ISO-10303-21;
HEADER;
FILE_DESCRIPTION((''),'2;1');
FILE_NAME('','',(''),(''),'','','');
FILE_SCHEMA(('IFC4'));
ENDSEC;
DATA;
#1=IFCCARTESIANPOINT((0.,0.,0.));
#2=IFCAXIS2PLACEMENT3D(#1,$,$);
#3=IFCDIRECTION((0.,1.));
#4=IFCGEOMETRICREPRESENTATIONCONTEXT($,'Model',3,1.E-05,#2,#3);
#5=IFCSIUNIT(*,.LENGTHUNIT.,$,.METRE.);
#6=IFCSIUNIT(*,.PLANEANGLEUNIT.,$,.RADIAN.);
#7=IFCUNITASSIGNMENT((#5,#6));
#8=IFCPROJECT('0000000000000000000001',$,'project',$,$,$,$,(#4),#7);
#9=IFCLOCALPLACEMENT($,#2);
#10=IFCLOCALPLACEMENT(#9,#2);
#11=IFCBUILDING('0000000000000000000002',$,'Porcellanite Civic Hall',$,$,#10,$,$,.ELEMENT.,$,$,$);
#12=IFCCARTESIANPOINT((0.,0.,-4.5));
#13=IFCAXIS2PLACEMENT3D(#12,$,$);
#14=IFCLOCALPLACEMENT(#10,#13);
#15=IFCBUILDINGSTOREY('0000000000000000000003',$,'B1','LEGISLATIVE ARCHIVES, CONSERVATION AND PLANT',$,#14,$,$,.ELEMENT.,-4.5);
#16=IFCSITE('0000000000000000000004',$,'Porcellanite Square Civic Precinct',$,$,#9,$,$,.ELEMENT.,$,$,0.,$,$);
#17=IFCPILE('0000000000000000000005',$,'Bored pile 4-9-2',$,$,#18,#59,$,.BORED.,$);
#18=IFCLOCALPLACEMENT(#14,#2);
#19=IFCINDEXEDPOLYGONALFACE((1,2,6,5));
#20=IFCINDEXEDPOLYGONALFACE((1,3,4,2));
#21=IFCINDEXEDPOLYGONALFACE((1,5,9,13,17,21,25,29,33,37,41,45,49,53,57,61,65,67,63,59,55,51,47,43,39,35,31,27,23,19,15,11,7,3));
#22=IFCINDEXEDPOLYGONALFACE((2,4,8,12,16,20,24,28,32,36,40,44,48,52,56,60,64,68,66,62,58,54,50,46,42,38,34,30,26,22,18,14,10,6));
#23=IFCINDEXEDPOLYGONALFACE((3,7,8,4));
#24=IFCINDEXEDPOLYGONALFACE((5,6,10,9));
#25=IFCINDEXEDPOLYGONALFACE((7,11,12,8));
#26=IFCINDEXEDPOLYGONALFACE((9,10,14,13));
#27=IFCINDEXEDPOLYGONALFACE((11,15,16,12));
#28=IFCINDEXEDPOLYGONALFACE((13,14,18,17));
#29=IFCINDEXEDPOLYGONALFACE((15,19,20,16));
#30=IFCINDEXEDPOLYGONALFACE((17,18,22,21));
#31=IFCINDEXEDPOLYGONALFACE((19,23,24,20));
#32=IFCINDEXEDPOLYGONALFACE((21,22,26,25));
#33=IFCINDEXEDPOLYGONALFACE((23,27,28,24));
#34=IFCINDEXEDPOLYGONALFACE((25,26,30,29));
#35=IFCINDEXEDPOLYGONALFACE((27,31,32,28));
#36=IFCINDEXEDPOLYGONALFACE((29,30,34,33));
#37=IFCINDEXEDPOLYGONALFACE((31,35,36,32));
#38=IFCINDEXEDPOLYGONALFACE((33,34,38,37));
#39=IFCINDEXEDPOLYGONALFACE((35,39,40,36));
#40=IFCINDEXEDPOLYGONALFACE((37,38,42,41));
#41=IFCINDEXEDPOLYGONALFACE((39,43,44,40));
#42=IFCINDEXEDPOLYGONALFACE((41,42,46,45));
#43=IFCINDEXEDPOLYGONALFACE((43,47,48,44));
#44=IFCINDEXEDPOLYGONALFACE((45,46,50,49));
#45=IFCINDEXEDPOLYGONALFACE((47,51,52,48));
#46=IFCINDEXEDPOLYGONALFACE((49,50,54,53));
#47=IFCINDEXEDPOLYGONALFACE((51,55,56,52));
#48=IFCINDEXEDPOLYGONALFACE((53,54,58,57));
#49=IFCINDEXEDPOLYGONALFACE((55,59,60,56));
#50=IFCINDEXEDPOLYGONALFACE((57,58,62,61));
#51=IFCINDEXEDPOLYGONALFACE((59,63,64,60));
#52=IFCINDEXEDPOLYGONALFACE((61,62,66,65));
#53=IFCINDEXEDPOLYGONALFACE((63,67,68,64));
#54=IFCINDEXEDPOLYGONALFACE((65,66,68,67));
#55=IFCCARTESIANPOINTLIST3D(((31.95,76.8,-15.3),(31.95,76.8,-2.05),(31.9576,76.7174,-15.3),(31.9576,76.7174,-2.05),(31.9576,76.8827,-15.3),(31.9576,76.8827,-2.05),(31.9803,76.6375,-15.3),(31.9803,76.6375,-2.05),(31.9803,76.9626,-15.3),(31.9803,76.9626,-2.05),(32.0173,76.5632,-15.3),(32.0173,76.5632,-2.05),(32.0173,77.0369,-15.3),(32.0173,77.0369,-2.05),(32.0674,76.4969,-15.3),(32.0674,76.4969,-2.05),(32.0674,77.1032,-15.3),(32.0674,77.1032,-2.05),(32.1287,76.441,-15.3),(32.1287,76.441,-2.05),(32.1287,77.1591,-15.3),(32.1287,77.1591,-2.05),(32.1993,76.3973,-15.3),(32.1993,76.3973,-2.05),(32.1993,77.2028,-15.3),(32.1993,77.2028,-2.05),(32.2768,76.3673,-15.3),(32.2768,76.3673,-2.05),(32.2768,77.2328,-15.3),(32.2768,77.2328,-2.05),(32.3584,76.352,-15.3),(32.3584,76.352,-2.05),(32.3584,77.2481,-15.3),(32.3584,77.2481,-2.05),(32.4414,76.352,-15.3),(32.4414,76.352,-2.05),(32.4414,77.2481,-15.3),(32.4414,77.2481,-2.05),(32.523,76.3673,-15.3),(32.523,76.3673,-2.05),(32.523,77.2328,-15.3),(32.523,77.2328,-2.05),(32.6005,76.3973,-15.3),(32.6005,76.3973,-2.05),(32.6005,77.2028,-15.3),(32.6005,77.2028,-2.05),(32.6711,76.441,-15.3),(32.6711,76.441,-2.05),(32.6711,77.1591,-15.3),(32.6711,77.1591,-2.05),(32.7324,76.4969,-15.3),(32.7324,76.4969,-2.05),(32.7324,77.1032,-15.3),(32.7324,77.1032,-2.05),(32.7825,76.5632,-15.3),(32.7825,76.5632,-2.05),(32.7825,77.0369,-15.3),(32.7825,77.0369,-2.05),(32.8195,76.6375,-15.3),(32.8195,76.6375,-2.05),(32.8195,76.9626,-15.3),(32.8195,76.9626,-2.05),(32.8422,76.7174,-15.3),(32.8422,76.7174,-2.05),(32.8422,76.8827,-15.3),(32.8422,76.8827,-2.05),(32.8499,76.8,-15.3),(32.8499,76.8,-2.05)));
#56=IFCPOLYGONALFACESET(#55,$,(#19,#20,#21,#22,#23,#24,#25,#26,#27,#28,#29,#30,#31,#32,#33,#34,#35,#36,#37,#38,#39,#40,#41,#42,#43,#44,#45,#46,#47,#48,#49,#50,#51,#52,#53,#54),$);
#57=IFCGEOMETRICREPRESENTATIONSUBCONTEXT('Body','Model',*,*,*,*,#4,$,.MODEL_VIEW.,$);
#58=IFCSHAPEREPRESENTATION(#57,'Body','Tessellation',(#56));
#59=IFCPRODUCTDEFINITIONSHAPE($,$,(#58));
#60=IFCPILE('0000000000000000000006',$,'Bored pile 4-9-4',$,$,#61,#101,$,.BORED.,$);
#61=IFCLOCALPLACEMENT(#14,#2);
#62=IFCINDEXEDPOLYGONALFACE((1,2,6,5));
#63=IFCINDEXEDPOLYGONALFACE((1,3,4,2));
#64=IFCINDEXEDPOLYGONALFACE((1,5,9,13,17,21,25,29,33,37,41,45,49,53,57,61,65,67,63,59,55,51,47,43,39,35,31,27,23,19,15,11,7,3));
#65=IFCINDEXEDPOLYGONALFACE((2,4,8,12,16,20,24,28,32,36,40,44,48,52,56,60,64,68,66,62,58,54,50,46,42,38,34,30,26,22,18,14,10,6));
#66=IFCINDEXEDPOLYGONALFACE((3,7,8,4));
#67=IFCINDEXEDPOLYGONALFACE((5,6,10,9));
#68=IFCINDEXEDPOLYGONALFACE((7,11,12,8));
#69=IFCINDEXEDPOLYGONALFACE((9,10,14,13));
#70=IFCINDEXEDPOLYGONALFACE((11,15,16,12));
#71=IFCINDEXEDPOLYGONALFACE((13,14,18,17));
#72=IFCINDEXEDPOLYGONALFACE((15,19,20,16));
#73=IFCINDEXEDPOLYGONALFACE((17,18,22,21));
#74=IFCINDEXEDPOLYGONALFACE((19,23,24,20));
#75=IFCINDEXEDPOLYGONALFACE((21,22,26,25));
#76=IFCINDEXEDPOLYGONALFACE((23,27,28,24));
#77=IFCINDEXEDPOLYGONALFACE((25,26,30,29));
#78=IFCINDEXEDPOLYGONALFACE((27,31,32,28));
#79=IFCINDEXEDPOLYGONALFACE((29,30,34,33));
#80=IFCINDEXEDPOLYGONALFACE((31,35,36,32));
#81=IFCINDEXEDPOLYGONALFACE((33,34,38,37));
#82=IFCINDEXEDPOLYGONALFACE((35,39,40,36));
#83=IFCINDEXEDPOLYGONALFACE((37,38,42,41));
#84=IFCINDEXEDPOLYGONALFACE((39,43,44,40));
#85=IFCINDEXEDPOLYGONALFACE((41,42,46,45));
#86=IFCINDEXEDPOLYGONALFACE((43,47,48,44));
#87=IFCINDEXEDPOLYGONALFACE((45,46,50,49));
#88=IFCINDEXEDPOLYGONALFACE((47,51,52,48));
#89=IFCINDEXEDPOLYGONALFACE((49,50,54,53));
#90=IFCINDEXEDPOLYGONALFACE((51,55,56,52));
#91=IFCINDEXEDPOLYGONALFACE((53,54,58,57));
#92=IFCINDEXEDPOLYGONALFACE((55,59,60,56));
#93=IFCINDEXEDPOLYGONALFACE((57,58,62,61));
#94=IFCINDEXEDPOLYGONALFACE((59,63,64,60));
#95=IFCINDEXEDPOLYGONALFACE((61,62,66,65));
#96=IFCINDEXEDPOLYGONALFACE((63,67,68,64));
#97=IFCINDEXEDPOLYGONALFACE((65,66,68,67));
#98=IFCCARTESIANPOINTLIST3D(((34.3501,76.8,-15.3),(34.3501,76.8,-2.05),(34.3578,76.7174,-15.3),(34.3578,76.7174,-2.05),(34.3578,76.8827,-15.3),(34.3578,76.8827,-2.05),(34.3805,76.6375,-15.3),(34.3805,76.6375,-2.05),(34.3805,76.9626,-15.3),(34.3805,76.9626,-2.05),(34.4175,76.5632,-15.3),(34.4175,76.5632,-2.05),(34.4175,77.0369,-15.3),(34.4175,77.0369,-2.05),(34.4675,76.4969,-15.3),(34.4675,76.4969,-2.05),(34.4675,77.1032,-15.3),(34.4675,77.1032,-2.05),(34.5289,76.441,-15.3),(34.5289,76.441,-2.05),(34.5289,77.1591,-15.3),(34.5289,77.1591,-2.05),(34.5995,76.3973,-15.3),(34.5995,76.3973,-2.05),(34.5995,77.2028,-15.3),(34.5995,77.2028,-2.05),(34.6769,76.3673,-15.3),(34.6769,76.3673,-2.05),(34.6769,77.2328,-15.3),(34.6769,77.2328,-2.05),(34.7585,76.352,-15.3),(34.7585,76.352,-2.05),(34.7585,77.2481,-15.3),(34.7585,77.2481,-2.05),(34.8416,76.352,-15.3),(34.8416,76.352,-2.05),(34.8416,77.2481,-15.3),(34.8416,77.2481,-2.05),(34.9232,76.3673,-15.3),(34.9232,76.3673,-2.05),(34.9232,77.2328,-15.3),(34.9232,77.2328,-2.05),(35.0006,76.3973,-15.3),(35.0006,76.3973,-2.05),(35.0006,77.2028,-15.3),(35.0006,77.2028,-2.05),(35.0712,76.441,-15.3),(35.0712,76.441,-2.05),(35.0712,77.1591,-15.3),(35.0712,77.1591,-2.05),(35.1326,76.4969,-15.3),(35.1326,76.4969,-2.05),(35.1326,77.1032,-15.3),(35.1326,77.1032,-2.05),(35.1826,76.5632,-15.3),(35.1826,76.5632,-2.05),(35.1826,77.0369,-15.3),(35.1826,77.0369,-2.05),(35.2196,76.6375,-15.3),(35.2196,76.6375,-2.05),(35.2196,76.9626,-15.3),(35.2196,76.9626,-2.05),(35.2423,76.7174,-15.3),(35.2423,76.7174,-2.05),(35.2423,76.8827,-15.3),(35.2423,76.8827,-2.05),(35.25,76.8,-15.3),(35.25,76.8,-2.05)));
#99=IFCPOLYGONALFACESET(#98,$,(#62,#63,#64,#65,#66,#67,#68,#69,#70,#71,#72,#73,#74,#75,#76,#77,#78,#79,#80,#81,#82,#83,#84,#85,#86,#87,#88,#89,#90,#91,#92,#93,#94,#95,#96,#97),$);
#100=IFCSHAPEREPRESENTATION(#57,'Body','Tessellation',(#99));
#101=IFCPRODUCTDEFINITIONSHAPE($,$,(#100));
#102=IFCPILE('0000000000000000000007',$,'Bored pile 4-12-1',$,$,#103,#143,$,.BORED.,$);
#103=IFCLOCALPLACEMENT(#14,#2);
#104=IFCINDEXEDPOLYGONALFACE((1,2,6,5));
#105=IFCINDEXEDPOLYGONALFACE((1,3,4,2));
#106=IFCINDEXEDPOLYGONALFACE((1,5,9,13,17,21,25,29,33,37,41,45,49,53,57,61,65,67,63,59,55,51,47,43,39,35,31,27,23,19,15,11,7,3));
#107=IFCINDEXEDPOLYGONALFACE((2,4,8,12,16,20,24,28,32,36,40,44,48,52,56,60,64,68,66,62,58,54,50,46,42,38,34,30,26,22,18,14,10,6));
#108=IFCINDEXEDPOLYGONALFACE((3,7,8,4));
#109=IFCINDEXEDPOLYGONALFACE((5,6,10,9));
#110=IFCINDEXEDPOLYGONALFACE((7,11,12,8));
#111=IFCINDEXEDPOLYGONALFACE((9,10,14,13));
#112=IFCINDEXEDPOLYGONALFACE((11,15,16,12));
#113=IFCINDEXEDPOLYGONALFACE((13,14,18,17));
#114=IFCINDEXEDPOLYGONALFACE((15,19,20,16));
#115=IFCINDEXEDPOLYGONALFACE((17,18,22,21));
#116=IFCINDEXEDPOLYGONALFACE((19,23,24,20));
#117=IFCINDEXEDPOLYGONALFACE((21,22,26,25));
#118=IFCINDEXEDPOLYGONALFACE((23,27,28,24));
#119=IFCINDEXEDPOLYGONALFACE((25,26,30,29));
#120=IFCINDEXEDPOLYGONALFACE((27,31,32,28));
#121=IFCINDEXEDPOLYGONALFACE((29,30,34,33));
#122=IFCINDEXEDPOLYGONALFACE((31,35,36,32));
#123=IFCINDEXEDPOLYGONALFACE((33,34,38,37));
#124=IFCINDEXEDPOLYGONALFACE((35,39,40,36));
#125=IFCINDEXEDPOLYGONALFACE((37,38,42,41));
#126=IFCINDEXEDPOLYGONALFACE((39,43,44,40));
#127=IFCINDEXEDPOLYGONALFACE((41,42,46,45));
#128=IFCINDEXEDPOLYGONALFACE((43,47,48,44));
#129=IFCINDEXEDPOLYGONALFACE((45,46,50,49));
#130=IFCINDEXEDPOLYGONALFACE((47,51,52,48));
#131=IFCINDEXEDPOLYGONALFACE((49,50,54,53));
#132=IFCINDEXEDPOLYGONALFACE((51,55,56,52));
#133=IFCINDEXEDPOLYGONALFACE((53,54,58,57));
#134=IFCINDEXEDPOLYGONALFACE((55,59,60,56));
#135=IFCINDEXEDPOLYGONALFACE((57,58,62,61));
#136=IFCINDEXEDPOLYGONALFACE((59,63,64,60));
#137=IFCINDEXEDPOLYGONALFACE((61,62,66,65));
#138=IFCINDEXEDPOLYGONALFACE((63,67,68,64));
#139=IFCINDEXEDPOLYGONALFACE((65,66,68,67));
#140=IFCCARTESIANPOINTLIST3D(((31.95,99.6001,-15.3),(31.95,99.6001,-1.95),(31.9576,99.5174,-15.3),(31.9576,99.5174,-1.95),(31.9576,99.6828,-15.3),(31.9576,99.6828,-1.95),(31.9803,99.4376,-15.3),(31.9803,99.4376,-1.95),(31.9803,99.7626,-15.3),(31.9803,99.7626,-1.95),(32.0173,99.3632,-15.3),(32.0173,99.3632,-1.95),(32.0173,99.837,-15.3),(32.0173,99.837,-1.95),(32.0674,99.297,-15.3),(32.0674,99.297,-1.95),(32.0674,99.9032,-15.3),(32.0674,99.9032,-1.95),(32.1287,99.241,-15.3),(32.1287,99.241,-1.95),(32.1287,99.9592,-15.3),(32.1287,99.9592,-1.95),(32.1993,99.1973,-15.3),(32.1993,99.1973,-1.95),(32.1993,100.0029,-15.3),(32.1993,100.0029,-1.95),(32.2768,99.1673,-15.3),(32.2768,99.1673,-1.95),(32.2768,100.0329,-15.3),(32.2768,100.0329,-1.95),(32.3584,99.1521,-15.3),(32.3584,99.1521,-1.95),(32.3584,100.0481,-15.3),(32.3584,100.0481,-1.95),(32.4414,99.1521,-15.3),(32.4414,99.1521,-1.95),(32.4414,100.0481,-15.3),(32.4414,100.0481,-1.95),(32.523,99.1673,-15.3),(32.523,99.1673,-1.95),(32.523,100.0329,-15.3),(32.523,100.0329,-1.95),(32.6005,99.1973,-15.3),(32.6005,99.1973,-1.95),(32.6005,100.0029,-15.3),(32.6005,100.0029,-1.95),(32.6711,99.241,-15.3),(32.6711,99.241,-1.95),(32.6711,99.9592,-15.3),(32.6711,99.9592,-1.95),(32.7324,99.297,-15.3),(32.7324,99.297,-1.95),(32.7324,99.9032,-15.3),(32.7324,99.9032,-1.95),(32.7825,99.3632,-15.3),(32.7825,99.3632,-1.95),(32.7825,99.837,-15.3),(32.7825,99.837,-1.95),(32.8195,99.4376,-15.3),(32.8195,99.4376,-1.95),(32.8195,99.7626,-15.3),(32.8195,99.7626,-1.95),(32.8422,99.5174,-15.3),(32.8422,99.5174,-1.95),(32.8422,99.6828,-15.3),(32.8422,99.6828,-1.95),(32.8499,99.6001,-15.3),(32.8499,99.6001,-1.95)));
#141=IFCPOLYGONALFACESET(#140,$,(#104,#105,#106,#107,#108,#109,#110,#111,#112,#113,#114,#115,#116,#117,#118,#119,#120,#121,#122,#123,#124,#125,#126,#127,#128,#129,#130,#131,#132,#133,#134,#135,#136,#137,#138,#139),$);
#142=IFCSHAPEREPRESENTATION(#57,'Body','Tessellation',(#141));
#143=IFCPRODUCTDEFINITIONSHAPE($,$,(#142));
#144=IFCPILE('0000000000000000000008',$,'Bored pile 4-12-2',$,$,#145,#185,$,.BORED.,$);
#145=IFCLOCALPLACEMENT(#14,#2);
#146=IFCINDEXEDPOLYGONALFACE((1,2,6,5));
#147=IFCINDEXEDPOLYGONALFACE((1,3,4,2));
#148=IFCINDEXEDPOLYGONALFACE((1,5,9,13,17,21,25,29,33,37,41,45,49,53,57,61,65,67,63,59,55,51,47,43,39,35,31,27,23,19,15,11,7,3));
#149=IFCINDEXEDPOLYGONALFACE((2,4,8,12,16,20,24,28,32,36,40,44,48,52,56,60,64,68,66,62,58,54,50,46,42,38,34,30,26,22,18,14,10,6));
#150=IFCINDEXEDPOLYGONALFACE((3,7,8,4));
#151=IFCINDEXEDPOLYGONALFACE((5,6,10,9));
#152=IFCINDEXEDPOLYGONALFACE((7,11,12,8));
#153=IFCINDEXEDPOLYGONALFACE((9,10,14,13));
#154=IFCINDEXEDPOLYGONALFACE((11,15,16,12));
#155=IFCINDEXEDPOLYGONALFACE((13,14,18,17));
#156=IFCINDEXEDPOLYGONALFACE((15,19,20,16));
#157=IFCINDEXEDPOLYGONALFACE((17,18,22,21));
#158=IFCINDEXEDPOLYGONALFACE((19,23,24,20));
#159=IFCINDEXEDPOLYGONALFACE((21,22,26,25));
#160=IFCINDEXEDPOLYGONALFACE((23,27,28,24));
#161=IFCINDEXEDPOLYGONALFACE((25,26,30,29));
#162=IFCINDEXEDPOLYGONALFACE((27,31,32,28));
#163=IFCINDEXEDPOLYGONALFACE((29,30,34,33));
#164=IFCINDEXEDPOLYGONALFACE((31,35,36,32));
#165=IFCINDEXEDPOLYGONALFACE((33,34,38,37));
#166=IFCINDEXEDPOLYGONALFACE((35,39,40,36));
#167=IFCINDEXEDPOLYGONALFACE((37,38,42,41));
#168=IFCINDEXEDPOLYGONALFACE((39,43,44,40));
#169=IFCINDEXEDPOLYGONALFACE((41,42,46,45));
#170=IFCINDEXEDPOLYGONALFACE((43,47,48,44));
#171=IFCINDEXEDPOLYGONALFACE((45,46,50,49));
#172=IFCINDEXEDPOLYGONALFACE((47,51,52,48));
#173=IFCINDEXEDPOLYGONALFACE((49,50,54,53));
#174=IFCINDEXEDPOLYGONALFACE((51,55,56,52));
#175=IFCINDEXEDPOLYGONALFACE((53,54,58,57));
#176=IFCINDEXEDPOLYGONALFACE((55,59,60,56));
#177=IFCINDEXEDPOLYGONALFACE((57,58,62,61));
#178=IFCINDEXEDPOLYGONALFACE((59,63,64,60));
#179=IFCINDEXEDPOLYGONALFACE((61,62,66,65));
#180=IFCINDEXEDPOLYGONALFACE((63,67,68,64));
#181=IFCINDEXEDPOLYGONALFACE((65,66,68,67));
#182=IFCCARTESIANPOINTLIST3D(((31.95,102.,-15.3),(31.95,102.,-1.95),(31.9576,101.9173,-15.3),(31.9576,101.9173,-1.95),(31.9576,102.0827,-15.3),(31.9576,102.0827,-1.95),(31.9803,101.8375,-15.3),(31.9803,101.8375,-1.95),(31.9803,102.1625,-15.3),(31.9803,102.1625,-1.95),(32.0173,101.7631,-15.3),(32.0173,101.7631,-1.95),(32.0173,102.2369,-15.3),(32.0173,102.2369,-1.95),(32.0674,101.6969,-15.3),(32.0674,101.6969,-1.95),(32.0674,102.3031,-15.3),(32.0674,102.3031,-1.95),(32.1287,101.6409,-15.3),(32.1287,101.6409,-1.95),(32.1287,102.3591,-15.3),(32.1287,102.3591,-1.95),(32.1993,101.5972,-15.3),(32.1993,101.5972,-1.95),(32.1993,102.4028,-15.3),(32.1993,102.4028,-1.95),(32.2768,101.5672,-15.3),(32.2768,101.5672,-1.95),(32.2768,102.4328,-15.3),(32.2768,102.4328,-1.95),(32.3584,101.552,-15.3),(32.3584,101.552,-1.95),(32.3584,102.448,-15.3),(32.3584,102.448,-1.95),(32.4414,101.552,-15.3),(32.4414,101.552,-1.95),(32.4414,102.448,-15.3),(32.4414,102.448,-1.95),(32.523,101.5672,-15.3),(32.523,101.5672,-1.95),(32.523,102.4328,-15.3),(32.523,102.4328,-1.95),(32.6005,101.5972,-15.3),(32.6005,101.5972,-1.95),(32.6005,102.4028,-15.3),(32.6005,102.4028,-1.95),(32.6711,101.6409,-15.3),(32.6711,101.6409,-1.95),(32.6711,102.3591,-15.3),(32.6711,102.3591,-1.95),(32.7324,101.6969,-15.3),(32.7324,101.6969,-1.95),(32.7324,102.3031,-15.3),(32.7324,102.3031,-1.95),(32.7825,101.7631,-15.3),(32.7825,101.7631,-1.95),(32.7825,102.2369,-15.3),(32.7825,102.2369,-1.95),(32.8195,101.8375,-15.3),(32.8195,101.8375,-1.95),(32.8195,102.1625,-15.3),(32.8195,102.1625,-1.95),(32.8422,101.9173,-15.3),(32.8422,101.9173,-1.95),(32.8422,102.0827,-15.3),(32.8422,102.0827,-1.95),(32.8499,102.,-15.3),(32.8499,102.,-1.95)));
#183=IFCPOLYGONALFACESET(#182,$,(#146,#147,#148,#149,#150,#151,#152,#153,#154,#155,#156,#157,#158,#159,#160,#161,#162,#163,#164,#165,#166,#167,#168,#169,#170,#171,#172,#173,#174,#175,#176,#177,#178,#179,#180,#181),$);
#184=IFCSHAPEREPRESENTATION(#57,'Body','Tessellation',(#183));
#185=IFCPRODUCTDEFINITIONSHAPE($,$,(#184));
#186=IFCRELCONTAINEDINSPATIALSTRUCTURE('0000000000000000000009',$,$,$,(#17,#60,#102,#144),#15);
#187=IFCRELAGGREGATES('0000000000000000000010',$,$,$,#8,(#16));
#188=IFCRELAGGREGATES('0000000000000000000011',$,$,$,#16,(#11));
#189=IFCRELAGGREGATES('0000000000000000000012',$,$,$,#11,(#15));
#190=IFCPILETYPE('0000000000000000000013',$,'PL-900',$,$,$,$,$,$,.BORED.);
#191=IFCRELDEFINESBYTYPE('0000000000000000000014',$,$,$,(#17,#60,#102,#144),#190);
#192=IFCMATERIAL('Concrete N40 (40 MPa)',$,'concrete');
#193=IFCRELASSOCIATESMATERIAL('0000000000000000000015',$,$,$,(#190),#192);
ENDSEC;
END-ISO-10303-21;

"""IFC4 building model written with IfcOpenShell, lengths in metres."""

from ifc_helpers import new_model, si_unit, direction, frame, origin, origin_2d, place, context, subcontext, project, spatial, circle, extrude, material, material_profile, profile_set, type_object, element, save


model = new_model("IFC4")

# Units and contexts
model_context = context("Model", 3, precision=1e-05, world=origin(), true_north=direction((0.0, 1.0)))
body_context = subcontext(model_context, "Body", "Model", "MODEL_VIEW")
ifc_project = project(units=[si_unit("LENGTHUNIT", "METRE"), si_unit("PLANEANGLEUNIT", "RADIAN")], contexts=[model_context])

# Site, building, storey
site_placement = place(None, origin())
site = spatial("IfcSite", under=ifc_project, at=site_placement, Name="Porcellanite Square Civic Precinct", CompositionType="ELEMENT", RefElevation=0.0)
building_placement = place(site_placement, origin())
building = spatial("IfcBuilding", under=site, at=building_placement, Name="Porcellanite Civic Hall", CompositionType="ELEMENT")
storey_placement = place(building_placement, frame((0.0, 0.0, -4.5)))
storey = spatial("IfcBuildingStorey", under=building, at=storey_placement, Name="B1", Description="LEGISLATIVE ARCHIVES, CONSERVATION AND PLANT", CompositionType="ELEMENT", Elevation=-4.5)

# Piles
ifc_material_1 = material(Name="Concrete N40 (40 MPa)", Category="concrete")
ifc_material_profile_1 = material_profile(ifc_material_1, circle(Radius=0.45, at=origin_2d()), Name="PILE-D900")
ifc_profile_set_1 = profile_set([ifc_material_profile_1], Name="Concrete N40 (40 MPa)")
pile_type_1 = type_object("IfcPileType", Name="PL-900", PredefinedType="BORED", material=ifc_profile_set_1)
for number, where, z_axis, x_axis, name in (
    (1, (32.3999, 76.8, -2.05), (0.0, 0.0, -1.0), (1.0, 0.0, 0.0), "Bored pile 4-9-2"),
    (2, (34.8, 76.8, -2.05), (0.0, 0.0, -1.0), (1.0, 0.0, 0.0), "Bored pile 4-9-4"),
):
    element("IfcPile", number, at=place(storey_placement, frame(where, z_axis=z_axis, x_axis=x_axis)), inside=storey, type_object=pile_type_1, Name=name, PredefinedType="BORED", context=body_context, shape_type="SweptSolid", body=[
        extrude(circle(Radius=0.45, at=origin_2d()), origin(), (0.0, 0.0, 1.0), 13.25),
    ])
for number, where, z_axis, x_axis, name in (
    (3, (32.3999, 99.6001, -1.95), (0.0, 0.0, -1.0), (1.0, 0.0, 0.0), "Bored pile 4-12-1"),
    (4, (32.3999, 102.0, -1.95), (0.0, 0.0, -1.0), (1.0, 0.0, 0.0), "Bored pile 4-12-2"),
):
    element("IfcPile", number, at=place(storey_placement, frame(where, z_axis=z_axis, x_axis=x_axis)), inside=storey, type_object=pile_type_1, Name=name, PredefinedType="BORED", context=body_context, shape_type="SweptSolid", body=[
        extrude(circle(Radius=0.45, at=origin_2d()), origin(), (0.0, 0.0, 1.0), 13.3501),
    ])

save(model, "model.ifc")
